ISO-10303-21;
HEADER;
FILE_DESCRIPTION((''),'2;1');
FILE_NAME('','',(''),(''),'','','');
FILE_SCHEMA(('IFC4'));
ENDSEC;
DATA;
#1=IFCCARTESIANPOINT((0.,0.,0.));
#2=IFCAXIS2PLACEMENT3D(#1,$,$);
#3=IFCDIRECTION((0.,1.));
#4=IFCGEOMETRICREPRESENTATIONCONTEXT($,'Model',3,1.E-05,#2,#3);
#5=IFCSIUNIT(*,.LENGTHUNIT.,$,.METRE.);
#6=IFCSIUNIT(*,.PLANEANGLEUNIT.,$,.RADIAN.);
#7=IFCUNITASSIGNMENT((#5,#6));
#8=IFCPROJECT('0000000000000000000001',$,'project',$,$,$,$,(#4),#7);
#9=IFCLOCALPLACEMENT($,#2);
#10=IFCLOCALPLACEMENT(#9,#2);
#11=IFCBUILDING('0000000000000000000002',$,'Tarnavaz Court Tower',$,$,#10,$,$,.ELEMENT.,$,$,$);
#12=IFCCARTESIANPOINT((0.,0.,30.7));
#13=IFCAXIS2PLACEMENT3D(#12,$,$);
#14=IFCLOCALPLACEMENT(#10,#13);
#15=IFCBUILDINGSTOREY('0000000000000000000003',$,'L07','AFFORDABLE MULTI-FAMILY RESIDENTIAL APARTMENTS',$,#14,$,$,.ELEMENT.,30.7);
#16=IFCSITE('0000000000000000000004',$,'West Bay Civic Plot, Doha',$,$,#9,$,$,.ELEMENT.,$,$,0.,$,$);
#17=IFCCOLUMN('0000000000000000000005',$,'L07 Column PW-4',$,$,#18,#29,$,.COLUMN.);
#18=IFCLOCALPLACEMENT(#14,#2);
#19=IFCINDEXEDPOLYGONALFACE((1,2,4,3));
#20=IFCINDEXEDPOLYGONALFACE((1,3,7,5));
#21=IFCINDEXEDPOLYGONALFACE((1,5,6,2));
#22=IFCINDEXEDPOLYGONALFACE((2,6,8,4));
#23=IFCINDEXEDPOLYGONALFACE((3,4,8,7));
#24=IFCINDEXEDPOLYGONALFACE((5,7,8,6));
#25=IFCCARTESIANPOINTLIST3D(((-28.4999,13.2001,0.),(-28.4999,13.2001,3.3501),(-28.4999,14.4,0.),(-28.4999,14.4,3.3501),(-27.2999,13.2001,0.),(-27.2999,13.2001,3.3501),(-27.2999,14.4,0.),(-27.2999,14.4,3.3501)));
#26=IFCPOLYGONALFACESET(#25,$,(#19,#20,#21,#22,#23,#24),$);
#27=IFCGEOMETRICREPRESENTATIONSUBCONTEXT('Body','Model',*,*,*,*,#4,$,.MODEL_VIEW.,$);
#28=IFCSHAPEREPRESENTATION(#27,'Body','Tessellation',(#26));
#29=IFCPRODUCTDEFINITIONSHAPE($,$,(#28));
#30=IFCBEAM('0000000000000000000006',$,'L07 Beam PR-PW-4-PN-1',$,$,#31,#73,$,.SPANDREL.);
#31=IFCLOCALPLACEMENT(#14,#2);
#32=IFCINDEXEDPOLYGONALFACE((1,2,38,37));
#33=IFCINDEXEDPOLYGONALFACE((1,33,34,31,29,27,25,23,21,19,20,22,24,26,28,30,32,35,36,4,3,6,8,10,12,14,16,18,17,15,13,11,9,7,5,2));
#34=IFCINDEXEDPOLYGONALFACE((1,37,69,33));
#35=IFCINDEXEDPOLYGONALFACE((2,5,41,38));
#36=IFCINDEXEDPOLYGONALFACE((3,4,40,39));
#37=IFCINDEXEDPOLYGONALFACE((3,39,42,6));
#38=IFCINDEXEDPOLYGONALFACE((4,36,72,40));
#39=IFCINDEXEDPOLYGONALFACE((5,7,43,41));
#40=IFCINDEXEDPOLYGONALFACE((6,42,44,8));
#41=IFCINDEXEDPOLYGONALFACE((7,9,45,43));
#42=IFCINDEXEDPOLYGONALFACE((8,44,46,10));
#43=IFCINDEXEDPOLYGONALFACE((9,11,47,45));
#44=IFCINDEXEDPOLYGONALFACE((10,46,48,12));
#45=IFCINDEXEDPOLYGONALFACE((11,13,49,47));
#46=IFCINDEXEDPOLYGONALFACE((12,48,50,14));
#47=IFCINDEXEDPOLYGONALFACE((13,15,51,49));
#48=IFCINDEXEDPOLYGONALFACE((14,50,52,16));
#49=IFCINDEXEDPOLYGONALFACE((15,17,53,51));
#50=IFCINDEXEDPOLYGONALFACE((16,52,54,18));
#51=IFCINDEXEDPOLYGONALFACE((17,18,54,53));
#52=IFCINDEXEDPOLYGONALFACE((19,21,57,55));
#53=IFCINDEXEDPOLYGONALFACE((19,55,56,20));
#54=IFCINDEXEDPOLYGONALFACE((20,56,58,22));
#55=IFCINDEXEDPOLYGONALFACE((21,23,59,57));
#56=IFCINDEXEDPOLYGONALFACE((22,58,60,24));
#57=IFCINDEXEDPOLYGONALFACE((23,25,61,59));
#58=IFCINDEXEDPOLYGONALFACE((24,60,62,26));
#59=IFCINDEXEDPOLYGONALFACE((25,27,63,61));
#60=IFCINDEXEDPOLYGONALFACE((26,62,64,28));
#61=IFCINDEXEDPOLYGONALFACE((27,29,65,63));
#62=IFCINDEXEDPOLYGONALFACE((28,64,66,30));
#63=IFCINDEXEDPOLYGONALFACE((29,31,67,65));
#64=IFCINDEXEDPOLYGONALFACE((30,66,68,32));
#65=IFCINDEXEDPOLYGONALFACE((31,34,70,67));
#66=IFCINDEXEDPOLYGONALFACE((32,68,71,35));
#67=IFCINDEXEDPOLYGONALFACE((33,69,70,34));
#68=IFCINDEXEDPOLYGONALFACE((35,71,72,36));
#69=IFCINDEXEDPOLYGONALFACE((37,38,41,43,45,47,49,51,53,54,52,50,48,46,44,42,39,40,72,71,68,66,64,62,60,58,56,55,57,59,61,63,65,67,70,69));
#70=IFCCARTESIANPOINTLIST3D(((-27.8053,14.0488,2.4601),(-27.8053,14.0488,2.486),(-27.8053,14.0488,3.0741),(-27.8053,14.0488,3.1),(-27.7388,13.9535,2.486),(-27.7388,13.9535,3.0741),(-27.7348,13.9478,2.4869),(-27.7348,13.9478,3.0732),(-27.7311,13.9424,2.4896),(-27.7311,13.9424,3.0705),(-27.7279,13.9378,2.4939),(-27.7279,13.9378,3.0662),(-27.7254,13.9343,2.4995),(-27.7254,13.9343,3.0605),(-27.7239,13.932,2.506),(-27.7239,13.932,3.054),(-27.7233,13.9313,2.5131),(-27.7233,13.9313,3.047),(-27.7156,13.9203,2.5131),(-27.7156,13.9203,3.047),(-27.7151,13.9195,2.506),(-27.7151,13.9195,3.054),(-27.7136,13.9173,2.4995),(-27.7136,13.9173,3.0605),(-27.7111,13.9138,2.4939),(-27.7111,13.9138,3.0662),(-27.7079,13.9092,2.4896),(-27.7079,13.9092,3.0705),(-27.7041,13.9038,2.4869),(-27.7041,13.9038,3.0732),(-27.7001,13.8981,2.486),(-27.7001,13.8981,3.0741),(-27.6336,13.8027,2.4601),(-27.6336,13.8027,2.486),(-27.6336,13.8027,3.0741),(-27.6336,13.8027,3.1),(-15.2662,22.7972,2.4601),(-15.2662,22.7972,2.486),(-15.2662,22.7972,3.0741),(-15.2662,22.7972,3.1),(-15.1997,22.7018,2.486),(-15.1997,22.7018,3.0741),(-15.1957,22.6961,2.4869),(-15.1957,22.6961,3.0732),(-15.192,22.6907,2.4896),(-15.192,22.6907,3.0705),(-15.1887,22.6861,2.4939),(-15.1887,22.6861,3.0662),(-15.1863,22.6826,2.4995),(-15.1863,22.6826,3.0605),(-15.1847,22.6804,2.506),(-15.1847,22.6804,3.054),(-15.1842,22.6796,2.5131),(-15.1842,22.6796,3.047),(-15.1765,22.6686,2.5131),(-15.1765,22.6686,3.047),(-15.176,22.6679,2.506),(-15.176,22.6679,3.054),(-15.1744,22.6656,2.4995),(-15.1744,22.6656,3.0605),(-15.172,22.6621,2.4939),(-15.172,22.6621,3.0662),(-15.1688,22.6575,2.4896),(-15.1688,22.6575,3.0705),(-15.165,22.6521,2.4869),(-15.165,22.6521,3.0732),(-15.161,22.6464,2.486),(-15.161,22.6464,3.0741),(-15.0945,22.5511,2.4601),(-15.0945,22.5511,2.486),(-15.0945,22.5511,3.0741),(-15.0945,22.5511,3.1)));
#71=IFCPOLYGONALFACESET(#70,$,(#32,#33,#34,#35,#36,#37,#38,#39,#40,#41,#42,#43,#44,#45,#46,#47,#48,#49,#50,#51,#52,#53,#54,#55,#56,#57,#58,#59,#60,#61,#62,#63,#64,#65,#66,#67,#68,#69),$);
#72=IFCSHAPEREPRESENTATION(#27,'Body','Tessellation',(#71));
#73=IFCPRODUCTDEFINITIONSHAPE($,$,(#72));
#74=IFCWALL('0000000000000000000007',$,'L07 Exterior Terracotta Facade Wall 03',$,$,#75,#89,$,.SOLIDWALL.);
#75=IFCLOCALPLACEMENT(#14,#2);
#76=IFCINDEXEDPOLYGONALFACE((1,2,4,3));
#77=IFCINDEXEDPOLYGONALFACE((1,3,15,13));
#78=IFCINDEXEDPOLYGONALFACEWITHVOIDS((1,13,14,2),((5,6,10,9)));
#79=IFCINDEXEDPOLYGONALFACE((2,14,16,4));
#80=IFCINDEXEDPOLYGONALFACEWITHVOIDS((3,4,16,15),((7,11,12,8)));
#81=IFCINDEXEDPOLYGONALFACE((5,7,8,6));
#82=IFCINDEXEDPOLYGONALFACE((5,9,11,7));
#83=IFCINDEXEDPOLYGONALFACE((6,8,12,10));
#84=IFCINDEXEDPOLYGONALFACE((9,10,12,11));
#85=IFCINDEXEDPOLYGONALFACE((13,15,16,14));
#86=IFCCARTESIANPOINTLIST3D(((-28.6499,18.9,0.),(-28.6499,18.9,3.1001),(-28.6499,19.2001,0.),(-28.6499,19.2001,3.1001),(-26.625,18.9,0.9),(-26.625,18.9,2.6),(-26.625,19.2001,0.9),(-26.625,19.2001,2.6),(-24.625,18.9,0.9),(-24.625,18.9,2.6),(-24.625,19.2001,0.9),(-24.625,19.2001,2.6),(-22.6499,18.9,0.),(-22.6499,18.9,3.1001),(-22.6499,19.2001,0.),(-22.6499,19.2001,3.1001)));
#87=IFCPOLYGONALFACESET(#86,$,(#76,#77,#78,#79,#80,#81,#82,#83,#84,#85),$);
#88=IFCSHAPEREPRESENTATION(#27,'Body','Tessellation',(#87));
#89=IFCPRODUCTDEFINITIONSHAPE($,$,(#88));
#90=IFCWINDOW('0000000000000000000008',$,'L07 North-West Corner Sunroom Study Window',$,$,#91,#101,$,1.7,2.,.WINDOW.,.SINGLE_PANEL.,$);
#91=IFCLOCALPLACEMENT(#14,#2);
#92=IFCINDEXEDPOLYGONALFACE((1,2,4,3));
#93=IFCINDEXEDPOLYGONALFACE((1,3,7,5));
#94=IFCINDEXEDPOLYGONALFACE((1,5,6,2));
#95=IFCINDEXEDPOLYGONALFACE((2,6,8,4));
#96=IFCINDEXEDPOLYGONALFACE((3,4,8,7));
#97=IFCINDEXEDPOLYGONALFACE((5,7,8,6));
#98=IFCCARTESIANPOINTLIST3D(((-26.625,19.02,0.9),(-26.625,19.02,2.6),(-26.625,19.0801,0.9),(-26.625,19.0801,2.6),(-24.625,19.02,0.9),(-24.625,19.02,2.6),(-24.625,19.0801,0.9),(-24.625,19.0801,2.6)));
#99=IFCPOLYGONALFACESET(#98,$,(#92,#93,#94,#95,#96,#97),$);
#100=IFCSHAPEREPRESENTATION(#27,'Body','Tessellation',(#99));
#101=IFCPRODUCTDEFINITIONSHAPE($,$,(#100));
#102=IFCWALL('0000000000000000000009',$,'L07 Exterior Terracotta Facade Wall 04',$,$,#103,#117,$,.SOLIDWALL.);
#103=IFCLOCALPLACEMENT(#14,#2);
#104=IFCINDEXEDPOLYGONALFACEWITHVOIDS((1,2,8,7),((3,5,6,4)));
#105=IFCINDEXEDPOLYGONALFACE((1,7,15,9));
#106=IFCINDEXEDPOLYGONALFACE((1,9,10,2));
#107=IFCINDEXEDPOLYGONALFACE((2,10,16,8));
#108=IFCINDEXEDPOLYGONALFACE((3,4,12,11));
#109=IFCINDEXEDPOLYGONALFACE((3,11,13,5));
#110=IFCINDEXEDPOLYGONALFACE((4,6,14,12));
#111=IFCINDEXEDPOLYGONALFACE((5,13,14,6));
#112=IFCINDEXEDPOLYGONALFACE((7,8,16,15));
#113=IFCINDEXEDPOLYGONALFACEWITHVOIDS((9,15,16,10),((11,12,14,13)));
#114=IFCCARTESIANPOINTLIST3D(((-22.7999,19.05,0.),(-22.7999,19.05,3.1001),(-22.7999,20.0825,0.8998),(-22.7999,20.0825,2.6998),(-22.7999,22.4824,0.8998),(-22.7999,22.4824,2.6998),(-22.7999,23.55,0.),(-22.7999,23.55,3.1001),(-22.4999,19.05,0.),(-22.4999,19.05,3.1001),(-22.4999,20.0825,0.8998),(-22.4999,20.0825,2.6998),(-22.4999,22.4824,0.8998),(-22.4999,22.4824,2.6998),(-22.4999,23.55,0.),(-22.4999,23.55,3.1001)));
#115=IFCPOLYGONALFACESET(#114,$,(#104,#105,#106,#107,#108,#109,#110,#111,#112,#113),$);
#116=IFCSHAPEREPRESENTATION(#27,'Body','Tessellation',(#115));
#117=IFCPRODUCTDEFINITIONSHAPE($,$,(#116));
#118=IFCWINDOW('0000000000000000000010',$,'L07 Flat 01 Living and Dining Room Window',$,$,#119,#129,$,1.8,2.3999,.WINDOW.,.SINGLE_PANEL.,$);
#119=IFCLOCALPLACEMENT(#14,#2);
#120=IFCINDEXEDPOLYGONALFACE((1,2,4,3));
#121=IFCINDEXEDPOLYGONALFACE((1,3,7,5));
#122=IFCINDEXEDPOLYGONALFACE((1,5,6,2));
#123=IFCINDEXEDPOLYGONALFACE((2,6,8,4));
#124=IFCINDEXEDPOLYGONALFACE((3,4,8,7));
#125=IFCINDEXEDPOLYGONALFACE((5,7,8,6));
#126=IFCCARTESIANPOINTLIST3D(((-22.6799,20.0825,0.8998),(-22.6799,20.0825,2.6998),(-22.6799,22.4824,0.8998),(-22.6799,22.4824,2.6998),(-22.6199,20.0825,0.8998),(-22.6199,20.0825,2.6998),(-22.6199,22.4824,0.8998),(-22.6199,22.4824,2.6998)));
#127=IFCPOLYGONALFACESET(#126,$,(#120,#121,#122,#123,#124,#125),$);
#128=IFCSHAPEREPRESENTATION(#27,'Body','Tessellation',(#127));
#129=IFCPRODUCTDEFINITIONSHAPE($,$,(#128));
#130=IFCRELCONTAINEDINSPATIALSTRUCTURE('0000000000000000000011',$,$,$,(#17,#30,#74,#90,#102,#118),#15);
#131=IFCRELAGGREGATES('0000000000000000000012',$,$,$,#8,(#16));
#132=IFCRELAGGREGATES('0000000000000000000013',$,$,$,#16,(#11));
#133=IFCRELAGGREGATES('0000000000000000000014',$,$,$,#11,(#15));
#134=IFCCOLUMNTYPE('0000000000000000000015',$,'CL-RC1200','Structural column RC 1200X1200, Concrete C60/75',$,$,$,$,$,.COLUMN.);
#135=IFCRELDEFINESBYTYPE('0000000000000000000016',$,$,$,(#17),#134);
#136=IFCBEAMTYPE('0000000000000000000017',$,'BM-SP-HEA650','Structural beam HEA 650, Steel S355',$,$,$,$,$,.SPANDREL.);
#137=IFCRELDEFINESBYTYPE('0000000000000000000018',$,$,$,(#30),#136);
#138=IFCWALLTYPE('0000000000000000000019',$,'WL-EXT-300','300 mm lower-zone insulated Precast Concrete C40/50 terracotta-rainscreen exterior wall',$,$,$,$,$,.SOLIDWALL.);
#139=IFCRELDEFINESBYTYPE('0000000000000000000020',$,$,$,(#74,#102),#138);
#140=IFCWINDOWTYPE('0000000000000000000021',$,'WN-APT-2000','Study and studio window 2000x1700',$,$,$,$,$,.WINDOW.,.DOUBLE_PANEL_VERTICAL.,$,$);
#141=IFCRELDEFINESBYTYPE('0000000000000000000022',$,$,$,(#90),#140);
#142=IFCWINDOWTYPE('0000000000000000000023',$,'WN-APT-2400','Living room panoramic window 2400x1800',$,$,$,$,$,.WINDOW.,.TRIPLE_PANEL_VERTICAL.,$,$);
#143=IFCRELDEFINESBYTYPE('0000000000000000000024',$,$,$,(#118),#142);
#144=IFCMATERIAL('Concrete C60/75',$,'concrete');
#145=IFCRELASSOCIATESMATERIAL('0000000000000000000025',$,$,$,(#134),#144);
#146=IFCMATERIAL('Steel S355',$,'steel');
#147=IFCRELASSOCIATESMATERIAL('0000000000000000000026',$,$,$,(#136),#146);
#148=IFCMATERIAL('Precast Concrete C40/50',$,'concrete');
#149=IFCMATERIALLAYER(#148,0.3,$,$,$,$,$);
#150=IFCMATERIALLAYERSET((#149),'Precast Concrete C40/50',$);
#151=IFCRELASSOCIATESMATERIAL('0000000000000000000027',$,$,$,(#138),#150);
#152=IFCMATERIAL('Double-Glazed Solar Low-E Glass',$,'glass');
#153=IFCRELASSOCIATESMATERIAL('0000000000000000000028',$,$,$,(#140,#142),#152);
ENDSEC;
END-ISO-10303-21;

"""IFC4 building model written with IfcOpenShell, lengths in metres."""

from ifc_helpers import new_model, si_unit, direction, frame, frame_2d, origin, origin_2d, place, context, subcontext, project, spatial, rectangle, i_section, extrude, material, layer, layer_set, material_profile, profile_set, type_object, element, fill, save


model = new_model("IFC4")

# Units and contexts
model_context = context("Model", 3, precision=1e-05, world=origin(), true_north=direction((0.0, 1.0)))
body_context = subcontext(model_context, "Body", "Model", "MODEL_VIEW")
ifc_project = project(units=[si_unit("LENGTHUNIT", "METRE"), si_unit("PLANEANGLEUNIT", "RADIAN")], contexts=[model_context])

# Site, building, storey
site_placement = place(None, origin())
site = spatial("IfcSite", under=ifc_project, at=site_placement, Name="West Bay Civic Plot, Doha", CompositionType="ELEMENT", RefElevation=0.0)
building_placement = place(site_placement, origin())
building = spatial("IfcBuilding", under=site, at=building_placement, Name="Tarnavaz Court Tower", CompositionType="ELEMENT")
storey_placement = place(building_placement, frame((0.0, 0.0, 30.7)))
storey = spatial("IfcBuildingStorey", under=building, at=storey_placement, Name="L07", Description="AFFORDABLE MULTI-FAMILY RESIDENTIAL APARTMENTS", CompositionType="ELEMENT", Elevation=30.7)

# Column
ifc_material_1 = material(Name="Concrete C60/75", Category="concrete")
ifc_material_profile_1 = material_profile(ifc_material_1, rectangle(XDim=1.2, YDim=1.2, at=origin_2d()), Name="RC 1200X1200")
ifc_profile_set_1 = profile_set([ifc_material_profile_1], Name="Concrete C60/75")
column_type = type_object("IfcColumnType", Name="CL-RC1200", Description="Structural column RC 1200X1200, Concrete C60/75", PredefinedType="COLUMN", material=ifc_profile_set_1)
column_placement = place(storey_placement, frame((-27.8999, 13.8, 0.0), z_axis=(0.0, 0.0, 1.0), x_axis=(1.0, 0.0, 0.0)))
element("IfcColumn", 1, at=column_placement, inside=storey, type_object=column_type, Name="L07 Column PW-4", PredefinedType="COLUMN", context=body_context, shape_type="SweptSolid", body=[
    extrude(rectangle(XDim=1.2, YDim=1.2, at=origin_2d()), origin(), (0.0, 0.0, 1.0), 3.3501),
])

# Beam
ifc_material_2 = material(Name="Steel S355", Category="steel")
ifc_material_profile_2 = material_profile(ifc_material_2, i_section(OverallWidth=0.3, OverallDepth=0.6399, WebThickness=0.0134, FlangeThickness=0.0259, FilletRadius=0.0271, at=origin_2d()), Name="HEA 650")
ifc_profile_set_2 = profile_set([ifc_material_profile_2], Name="Steel S355")
beam_type = type_object("IfcBeamType", Name="BM-SP-HEA650", Description="Structural beam HEA 650, Steel S355", PredefinedType="SPANDREL", material=ifc_profile_set_2)
beam_placement = place(storey_placement, frame((-27.7195, 13.9258, 2.78), z_axis=(0.820124, 0.572186, 0.0), x_axis=(-0.572186, 0.820124, 0.0)))
element("IfcBeam", 2, at=beam_placement, inside=storey, type_object=beam_type, Name="L07 Beam PR-PW-4-PN-1", PredefinedType="SPANDREL", context=body_context, shape_type="SweptSolid", body=[
    extrude(i_section(OverallWidth=0.3, OverallDepth=0.6399, WebThickness=0.0134, FlangeThickness=0.0259, FilletRadius=0.0271, at=origin_2d()), origin(), (0.0, 0.0, 1.0), 15.2893),
])

# Walls, openings, windows
ifc_material_3 = material(Name="Precast Concrete C40/50", Category="concrete")
ifc_layer_1 = layer(ifc_material_3, 0.3)
ifc_layer_set_1 = layer_set([ifc_layer_1], Name="Precast Concrete C40/50")
wall_type_1 = type_object("IfcWallType", Name="WL-EXT-300", Description="300 mm lower-zone insulated Precast Concrete C40/50 terracotta-rainscreen exterior wall", PredefinedType="SOLIDWALL", material=ifc_layer_set_1)
wall_1_placement = place(storey_placement, frame((-28.6499, 19.05, 0.0), z_axis=(0.0, 0.0, 1.0), x_axis=(1.0, 0.0, 0.0)))
wall_1 = element("IfcWall", 3, at=wall_1_placement, inside=storey, type_object=wall_type_1, Name="L07 Exterior Terracotta Facade Wall 03", PredefinedType="SOLIDWALL", context=body_context, shape_type="SweptSolid", body=[
    extrude(rectangle(XDim=6.0, YDim=0.3, at=frame_2d((3.0, 0.0))), origin(), (0.0, 0.0, 1.0), 3.1001),
])
opening_1_placement = place(wall_1_placement, frame((2.0249, 0.0, 0.8999)))
opening_1 = element("IfcOpeningElement", 4, at=opening_1_placement, cuts=wall_1, PredefinedType="OPENING", context=body_context, shape_type="SweptSolid", body=[
    extrude(rectangle(XDim=2.0, YDim=1.7, at=frame_2d((1.0, 0.8501))), frame((0.0, 0.1599, 0.0), z_axis=(0.0, -1.0, 0.0), x_axis=(1.0, 0.0, 0.0)), (0.0, 0.0, 1.0), 0.3201),
])
ifc_material_4 = material(Name="Double-Glazed Solar Low-E Glass", Category="glass")
window_type_1 = type_object("IfcWindowType", Name="WN-APT-2000", Description="Study and studio window 2000x1700", PartitioningType="DOUBLE_PANEL_VERTICAL", PredefinedType="WINDOW", material=ifc_material_4)
window_1_placement = place(opening_1_placement, origin())
window_1 = element("IfcWindow", 5, at=window_1_placement, inside=storey, type_object=window_type_1, Name="L07 North-West Corner Sunroom Study Window", OverallHeight=1.7, OverallWidth=2.0, PartitioningType="SINGLE_PANEL", PredefinedType="WINDOW", context=body_context, shape_type="SweptSolid", body=[
    extrude(rectangle(XDim=2.0, YDim=1.7, at=frame_2d((1.0, 0.8501))), frame((0.0, 0.03, 0.0), z_axis=(0.0, -1.0, 0.0), x_axis=(1.0, 0.0, 0.0)), (0.0, 0.0, 1.0), 0.0601),
])
fill(opening_1, window_1)
wall_2_placement = place(storey_placement, frame((-22.6499, 19.05, 0.0), z_axis=(0.0, 0.0, 1.0), x_axis=(0.0, 1.0, 0.0)))
wall_2 = element("IfcWall", 6, at=wall_2_placement, inside=storey, type_object=wall_type_1, Name="L07 Exterior Terracotta Facade Wall 04", PredefinedType="SOLIDWALL", context=body_context, shape_type="SweptSolid", body=[
    extrude(rectangle(XDim=4.5, YDim=0.3, at=frame_2d((2.25, 0.0))), origin(), (0.0, 0.0, 1.0), 3.1001),
])
opening_2_placement = place(wall_2_placement, frame((1.0325, 0.0, 0.8999)))
opening_2 = element("IfcOpeningElement", 7, at=opening_2_placement, cuts=wall_2, PredefinedType="OPENING", context=body_context, shape_type="SweptSolid", body=[
    extrude(rectangle(XDim=2.3999, YDim=1.8, at=frame_2d((1.2, 0.8999))), frame((0.0, 0.1599, 0.0), z_axis=(0.0, -1.0, 0.0), x_axis=(1.0, 0.0, 0.0)), (0.0, 0.0, 1.0), 0.3201),
])
window_type_2 = type_object("IfcWindowType", Name="WN-APT-2400", Description="Living room panoramic window 2400x1800", PartitioningType="TRIPLE_PANEL_VERTICAL", PredefinedType="WINDOW", material=ifc_material_4)
window_2_placement = place(opening_2_placement, origin())
window_2 = element("IfcWindow", 8, at=window_2_placement, inside=storey, type_object=window_type_2, Name="L07 Flat 01 Living and Dining Room Window", OverallHeight=1.8, OverallWidth=2.3999, PartitioningType="SINGLE_PANEL", PredefinedType="WINDOW", context=body_context, shape_type="SweptSolid", body=[
    extrude(rectangle(XDim=2.3999, YDim=1.8, at=frame_2d((1.2, 0.8999))), frame((0.0, 0.03, 0.0), z_axis=(0.0, -1.0, 0.0), x_axis=(1.0, 0.0, 0.0)), (0.0, 0.0, 1.0), 0.0601),
])
fill(opening_2, window_2)

save(model, "model.ifc")
